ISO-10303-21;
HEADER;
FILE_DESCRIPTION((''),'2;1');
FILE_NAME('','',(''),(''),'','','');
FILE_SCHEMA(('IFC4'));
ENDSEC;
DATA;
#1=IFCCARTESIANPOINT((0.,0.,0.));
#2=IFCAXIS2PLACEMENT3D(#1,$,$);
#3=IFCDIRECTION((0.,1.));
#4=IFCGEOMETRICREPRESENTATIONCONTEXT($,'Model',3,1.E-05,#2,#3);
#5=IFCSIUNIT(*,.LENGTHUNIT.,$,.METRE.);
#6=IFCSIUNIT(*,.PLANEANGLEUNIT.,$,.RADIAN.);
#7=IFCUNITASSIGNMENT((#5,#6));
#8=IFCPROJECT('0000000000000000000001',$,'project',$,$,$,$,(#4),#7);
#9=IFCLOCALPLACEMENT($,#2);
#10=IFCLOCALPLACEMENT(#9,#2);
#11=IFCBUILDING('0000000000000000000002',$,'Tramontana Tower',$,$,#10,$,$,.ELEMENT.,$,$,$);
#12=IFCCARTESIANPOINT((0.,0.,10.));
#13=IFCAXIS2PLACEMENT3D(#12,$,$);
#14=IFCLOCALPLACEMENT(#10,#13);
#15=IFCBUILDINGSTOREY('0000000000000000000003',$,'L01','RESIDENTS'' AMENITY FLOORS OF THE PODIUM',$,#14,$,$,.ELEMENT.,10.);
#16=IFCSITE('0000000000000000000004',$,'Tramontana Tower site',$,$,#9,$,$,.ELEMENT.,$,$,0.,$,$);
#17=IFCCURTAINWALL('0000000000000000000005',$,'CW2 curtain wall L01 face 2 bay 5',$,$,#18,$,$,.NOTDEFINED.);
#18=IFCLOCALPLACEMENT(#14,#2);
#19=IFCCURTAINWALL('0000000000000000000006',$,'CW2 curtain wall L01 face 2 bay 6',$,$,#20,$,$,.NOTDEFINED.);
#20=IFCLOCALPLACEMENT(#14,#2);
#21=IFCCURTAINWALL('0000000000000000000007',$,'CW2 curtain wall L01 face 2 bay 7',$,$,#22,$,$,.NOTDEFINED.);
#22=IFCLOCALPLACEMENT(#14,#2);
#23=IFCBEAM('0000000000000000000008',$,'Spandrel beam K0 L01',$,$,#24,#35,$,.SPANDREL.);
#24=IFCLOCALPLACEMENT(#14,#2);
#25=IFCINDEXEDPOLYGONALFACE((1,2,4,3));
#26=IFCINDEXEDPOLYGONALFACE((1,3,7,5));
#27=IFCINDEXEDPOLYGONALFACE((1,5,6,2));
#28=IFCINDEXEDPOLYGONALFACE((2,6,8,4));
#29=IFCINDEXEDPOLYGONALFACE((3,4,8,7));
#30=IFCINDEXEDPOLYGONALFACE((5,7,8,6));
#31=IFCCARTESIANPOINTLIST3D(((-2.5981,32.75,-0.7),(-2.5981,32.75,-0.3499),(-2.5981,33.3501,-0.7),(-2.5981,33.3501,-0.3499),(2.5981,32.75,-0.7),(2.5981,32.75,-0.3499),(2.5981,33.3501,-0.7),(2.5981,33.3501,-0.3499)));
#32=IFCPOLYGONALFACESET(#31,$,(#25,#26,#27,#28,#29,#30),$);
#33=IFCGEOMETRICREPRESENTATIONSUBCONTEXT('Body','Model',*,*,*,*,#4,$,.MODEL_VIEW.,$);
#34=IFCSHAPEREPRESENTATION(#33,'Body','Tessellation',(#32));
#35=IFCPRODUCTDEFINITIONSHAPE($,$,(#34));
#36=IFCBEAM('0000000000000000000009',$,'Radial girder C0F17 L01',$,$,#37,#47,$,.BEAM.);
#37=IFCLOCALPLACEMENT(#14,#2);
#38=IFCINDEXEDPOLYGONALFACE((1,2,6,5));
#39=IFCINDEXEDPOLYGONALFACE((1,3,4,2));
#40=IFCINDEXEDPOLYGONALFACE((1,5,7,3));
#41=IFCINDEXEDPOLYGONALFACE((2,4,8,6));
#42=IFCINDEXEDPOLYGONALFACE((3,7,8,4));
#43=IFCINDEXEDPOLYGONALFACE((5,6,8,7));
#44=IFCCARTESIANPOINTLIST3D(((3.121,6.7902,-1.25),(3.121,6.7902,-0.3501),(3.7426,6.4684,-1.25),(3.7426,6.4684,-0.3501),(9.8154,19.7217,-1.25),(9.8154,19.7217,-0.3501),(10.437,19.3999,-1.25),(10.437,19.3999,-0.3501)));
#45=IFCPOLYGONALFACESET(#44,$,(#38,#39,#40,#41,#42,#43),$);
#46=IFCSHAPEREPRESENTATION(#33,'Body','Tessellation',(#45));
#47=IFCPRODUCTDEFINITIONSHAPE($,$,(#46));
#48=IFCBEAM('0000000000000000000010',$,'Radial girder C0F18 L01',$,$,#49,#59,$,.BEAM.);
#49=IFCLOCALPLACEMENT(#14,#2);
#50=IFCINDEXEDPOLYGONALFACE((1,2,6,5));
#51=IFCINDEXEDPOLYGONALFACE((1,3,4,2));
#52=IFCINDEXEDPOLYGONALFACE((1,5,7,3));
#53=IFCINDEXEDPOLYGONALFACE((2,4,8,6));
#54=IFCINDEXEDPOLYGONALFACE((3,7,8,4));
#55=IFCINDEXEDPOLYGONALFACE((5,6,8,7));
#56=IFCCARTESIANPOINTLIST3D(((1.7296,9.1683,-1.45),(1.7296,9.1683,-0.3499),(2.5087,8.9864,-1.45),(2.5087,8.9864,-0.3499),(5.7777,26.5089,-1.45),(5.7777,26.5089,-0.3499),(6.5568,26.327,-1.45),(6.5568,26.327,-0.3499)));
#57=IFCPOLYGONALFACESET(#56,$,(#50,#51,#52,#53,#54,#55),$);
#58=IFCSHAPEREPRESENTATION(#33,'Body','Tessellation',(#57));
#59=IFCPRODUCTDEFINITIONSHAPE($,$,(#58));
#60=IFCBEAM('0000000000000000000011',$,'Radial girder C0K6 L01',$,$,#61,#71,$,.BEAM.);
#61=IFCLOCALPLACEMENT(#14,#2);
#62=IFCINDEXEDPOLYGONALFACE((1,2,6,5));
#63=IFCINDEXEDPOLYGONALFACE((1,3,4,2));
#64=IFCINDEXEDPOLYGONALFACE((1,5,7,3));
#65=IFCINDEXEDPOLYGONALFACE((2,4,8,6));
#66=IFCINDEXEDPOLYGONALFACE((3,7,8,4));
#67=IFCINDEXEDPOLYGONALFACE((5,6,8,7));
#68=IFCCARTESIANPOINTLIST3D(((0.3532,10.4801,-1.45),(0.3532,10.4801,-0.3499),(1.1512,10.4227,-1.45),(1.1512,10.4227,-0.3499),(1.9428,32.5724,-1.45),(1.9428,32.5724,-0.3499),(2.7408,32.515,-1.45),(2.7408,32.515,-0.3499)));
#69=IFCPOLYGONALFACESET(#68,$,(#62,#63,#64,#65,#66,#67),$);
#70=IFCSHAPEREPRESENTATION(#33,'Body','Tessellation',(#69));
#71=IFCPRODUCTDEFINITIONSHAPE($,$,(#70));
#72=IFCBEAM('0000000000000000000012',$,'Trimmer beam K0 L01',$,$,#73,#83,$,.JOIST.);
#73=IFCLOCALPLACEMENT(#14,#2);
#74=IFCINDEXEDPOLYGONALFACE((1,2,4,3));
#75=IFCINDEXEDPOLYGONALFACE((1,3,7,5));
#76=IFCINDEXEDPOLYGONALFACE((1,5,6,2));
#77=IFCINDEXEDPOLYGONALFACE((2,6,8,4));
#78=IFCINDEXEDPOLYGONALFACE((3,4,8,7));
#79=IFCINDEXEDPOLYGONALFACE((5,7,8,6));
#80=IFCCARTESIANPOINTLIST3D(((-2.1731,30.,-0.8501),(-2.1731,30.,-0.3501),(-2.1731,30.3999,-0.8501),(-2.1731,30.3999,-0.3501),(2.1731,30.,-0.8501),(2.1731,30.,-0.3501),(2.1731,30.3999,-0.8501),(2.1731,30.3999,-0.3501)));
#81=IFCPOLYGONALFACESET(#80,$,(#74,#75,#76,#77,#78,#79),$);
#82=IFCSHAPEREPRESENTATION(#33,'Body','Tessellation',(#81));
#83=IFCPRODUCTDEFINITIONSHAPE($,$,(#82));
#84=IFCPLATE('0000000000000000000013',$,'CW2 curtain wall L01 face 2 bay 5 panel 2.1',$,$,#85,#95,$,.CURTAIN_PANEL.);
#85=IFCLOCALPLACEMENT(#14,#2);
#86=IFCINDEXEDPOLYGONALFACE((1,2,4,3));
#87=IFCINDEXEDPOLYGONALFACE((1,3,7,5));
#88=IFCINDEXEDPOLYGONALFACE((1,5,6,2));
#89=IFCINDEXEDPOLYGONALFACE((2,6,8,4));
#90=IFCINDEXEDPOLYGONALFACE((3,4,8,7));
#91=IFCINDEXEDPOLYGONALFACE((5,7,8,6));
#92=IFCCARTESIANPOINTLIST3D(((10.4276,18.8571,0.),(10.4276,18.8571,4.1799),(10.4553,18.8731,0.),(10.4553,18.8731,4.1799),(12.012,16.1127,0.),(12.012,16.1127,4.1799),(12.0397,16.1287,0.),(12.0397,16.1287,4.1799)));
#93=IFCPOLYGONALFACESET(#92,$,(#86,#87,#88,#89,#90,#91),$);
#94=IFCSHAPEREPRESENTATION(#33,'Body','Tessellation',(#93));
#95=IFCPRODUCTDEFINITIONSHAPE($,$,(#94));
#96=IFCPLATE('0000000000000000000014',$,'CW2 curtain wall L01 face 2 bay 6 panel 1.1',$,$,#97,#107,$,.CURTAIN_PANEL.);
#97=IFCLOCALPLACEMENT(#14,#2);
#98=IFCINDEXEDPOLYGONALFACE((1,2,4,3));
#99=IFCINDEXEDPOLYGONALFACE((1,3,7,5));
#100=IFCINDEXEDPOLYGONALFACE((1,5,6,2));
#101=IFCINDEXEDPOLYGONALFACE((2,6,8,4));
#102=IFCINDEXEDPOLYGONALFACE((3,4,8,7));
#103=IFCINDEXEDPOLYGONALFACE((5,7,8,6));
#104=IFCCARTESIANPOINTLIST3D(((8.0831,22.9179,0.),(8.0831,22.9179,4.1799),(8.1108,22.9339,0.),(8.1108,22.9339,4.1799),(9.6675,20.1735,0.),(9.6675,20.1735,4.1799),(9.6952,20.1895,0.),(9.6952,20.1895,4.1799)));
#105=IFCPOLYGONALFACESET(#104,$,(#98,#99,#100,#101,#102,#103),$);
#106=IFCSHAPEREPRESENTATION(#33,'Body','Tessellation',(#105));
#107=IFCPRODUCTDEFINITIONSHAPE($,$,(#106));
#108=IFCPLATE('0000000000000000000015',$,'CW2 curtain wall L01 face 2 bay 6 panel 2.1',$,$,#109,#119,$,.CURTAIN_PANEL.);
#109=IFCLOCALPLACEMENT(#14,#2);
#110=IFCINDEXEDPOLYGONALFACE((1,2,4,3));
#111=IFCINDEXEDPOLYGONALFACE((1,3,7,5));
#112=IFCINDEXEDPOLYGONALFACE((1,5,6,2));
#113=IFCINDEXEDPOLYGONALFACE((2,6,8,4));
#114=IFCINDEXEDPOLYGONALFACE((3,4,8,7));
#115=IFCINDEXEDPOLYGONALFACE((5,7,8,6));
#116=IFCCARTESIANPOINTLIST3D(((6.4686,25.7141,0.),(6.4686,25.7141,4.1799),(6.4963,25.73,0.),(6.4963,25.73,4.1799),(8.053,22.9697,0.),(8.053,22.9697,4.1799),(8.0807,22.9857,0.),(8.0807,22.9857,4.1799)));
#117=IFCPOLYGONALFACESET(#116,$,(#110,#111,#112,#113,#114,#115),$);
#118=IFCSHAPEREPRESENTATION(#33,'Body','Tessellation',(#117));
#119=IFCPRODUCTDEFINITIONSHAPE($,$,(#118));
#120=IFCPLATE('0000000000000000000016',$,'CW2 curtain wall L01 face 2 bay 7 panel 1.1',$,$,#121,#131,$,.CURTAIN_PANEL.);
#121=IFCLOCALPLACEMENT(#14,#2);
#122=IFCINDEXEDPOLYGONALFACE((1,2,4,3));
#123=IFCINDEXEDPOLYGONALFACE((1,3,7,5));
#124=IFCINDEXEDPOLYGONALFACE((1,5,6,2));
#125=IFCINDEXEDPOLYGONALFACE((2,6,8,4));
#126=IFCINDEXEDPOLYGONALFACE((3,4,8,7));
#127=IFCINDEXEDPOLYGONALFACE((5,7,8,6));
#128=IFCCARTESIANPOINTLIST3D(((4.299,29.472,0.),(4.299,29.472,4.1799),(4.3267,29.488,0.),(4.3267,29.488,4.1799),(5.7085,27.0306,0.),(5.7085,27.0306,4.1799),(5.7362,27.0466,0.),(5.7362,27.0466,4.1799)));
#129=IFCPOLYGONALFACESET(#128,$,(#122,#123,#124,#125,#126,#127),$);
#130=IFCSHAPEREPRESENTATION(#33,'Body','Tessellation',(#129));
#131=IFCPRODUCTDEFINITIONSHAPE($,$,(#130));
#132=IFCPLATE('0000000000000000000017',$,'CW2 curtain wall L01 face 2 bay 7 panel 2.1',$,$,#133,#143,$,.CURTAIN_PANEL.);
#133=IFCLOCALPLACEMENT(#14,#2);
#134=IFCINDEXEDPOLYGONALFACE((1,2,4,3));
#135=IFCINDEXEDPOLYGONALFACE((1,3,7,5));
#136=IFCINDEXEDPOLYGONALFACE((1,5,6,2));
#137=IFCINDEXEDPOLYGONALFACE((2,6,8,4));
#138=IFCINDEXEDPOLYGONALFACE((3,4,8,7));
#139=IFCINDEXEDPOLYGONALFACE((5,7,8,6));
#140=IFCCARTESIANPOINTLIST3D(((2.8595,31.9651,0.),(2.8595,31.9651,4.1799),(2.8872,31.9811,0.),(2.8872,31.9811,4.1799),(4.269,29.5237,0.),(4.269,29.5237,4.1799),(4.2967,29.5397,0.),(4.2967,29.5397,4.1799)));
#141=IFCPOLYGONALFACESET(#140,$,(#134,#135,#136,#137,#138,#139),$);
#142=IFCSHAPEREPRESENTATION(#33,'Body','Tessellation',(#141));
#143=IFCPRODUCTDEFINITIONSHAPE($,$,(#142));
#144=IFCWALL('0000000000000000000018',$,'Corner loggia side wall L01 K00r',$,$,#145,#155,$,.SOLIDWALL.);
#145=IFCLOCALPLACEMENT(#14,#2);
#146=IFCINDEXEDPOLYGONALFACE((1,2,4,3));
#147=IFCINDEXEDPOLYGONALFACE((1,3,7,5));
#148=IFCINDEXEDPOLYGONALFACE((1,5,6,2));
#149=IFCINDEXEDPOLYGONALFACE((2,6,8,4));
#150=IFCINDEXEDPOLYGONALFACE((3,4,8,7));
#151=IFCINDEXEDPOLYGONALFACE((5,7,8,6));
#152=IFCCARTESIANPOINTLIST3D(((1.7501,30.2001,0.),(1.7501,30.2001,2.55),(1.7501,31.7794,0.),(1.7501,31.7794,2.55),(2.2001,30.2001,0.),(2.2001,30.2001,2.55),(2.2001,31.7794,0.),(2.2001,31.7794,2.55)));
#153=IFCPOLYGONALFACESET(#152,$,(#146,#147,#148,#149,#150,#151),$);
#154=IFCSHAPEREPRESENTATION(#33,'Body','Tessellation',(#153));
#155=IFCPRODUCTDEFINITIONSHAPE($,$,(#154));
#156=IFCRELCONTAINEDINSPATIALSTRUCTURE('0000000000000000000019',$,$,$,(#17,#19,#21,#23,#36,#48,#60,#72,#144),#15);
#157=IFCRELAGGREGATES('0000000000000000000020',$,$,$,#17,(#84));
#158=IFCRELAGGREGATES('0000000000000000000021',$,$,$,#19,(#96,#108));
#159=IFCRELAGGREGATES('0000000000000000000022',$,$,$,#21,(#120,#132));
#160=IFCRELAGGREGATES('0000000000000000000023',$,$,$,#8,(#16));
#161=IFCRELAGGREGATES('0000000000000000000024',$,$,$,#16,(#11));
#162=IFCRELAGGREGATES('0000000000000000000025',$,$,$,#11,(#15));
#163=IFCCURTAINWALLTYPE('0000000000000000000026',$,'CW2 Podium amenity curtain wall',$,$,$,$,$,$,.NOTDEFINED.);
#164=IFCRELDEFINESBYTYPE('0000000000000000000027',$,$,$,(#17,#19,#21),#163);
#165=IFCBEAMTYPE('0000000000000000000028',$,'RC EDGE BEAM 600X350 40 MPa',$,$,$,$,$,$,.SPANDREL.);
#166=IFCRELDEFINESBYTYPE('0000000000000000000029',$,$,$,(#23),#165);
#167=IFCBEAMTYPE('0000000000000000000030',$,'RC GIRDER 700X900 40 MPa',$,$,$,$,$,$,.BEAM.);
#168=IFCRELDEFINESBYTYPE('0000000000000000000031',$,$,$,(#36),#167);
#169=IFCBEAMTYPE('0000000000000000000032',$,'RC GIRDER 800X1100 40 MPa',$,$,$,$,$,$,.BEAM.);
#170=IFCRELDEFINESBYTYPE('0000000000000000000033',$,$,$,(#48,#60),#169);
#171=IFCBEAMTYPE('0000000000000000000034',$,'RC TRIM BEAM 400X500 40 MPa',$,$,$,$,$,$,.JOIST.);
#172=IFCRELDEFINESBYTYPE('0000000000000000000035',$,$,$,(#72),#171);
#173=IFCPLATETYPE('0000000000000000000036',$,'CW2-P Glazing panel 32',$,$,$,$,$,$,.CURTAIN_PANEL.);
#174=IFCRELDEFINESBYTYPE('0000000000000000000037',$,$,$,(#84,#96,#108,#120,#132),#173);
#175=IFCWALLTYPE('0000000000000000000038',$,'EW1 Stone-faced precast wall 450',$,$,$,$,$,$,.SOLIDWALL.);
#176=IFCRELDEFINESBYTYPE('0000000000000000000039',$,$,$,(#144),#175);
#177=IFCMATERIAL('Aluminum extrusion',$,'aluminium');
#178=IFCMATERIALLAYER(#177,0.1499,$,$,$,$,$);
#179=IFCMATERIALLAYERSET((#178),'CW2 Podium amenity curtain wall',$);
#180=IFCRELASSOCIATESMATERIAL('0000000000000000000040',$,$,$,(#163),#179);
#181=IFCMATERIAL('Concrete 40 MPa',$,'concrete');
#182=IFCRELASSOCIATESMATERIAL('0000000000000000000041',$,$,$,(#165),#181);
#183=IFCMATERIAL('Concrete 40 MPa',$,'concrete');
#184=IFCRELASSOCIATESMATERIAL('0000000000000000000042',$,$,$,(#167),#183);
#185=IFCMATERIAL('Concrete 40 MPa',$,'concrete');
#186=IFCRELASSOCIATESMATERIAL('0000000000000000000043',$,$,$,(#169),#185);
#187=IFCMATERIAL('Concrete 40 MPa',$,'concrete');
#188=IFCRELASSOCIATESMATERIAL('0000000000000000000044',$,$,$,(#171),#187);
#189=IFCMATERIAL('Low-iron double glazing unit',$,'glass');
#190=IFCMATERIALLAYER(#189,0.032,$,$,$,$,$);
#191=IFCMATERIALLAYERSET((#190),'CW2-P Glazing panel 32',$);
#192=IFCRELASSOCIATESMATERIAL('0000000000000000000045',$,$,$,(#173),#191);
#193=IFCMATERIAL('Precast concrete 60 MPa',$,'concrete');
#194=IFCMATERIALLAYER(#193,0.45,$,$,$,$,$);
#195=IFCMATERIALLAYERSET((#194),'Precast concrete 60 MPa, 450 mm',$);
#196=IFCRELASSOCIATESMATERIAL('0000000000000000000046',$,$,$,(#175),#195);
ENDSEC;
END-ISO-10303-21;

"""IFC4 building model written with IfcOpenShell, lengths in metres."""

from ifc_helpers import new_model, si_unit, direction, frame, frame_2d, origin, origin_2d, place, context, subcontext, project, spatial, rectangle, extrude, material, layer, layer_set, material_profile, profile_set, type_object, element, aggregate, save


model = new_model("IFC4")

# Units and contexts
model_context = context("Model", 3, precision=1e-05, world=origin(), true_north=direction((0.0, 1.0)))
body_context = subcontext(model_context, "Body", "Model", "MODEL_VIEW")
ifc_project = project(units=[si_unit("LENGTHUNIT", "METRE"), si_unit("PLANEANGLEUNIT", "RADIAN")], contexts=[model_context])

# Site, building, storey
site_placement = place(None, origin())
site = spatial("IfcSite", under=ifc_project, at=site_placement, Name="Tramontana Tower site", CompositionType="ELEMENT", RefElevation=0.0)
building_placement = place(site_placement, origin())
building = spatial("IfcBuilding", under=site, at=building_placement, Name="Tramontana Tower", CompositionType="ELEMENT")
storey_placement = place(building_placement, frame((0.0, 0.0, 10.0)))
storey = spatial("IfcBuildingStorey", under=building, at=storey_placement, Name="L01", Description="RESIDENTS' AMENITY FLOORS OF THE PODIUM", CompositionType="ELEMENT", Elevation=10.0)

# Curtain wall
ifc_material_1 = material(Name="Aluminum extrusion", Category="aluminium")
ifc_layer_1 = layer(ifc_material_1, 0.1499)
ifc_layer_set_1 = layer_set([ifc_layer_1], Name="CW2 Podium amenity curtain wall")
curtain_wall_type = type_object("IfcCurtainWallType", Name="CW2 Podium amenity curtain wall", PredefinedType="NOTDEFINED", material=ifc_layer_set_1)
curtain_wall_1_placement = place(storey_placement, origin())
curtain_wall_1 = element("IfcCurtainWall", 1, at=curtain_wall_1_placement, inside=storey, type_object=curtain_wall_type, Name="CW2 curtain wall L01 face 2 bay 5", PredefinedType="NOTDEFINED")

# Curtain walls
curtain_wall_2_placement = place(storey_placement, origin())
curtain_wall_2 = element("IfcCurtainWall", 2, at=curtain_wall_2_placement, inside=storey, type_object=curtain_wall_type, Name="CW2 curtain wall L01 face 2 bay 6", PredefinedType="NOTDEFINED")
curtain_wall_3_placement = place(storey_placement, origin())
curtain_wall_3 = element("IfcCurtainWall", 3, at=curtain_wall_3_placement, inside=storey, type_object=curtain_wall_type, Name="CW2 curtain wall L01 face 2 bay 7", PredefinedType="NOTDEFINED")

# Beams
ifc_material_2 = material(Name="Concrete 40 MPa", Category="concrete")
ifc_material_profile_1 = material_profile(ifc_material_2, rectangle(XDim=0.6001, YDim=0.3501, at=origin_2d()), Name="RC EDGE BEAM 600X350 40 MPa")
ifc_profile_set_1 = profile_set([ifc_material_profile_1], Name="Concrete 40 MPa")
beam_type_1 = type_object("IfcBeamType", Name="RC EDGE BEAM 600X350 40 MPa", PredefinedType="SPANDREL", material=ifc_profile_set_1)
beam_1_placement = place(storey_placement, frame((2.5981, 33.05, -0.5249), z_axis=(-1.0, 0.0, 0.0), x_axis=(0.0, -1.0, 0.0)))
element("IfcBeam", 4, at=beam_1_placement, inside=storey, type_object=beam_type_1, Name="Spandrel beam K0 L01", PredefinedType="SPANDREL", context=body_context, shape_type="SweptSolid", body=[
    extrude(rectangle(XDim=0.6001, YDim=0.3501, at=origin_2d()), origin(), (0.0, 0.0, 1.0), 5.1963),
])
ifc_material_3 = material(Name="Concrete 40 MPa", Category="concrete")
ifc_material_profile_2 = material_profile(ifc_material_3, rectangle(XDim=0.7, YDim=0.8999, at=origin_2d()), Name="RC GIRDER 700X900 40 MPa")
ifc_profile_set_2 = profile_set([ifc_material_profile_2], Name="Concrete 40 MPa")
beam_type_2 = type_object("IfcBeamType", Name="RC GIRDER 700X900 40 MPa", PredefinedType="BEAM", material=ifc_profile_set_2)
beam_2_placement = place(storey_placement, frame((10.1262, 19.5608, -0.8), z_axis=(-0.459731, -0.888058, 0.0), x_axis=(0.888058, -0.459731, 0.0)))
element("IfcBeam", 5, at=beam_2_placement, inside=storey, type_object=beam_type_2, Name="Radial girder C0F17 L01", PredefinedType="BEAM", context=body_context, shape_type="SweptSolid", body=[
    extrude(rectangle(XDim=0.7, YDim=0.8999, at=origin_2d()), origin(), (0.0, 0.0, 1.0), 14.5615),
])
ifc_material_4 = material(Name="Concrete 40 MPa", Category="concrete")
ifc_material_profile_3 = material_profile(ifc_material_4, rectangle(XDim=0.8, YDim=1.1001, at=origin_2d()), Name="RC GIRDER 800X1100 40 MPa")
ifc_profile_set_3 = profile_set([ifc_material_profile_3], Name="Concrete 40 MPa")
beam_type_3 = type_object("IfcBeamType", Name="RC GIRDER 800X1100 40 MPa", PredefinedType="BEAM", material=ifc_profile_set_3)
beam_3_placement = place(storey_placement, frame((6.1672, 26.418, -0.8999), z_axis=(-0.227334, -0.973817, 0.0), x_axis=(0.973817, -0.227334, 0.0)))
element("IfcBeam", 6, at=beam_3_placement, inside=storey, type_object=beam_type_3, Name="Radial girder C0F18 L01", PredefinedType="BEAM", context=body_context, shape_type="SweptSolid", body=[
    extrude(rectangle(XDim=0.8, YDim=1.1001, at=origin_2d()), origin(), (0.0, 0.0, 1.0), 17.8069),
])
beam_4_placement = place(storey_placement, frame((2.3418, 32.5437, -0.8999), z_axis=(-0.071767, -0.997421, 0.0), x_axis=(0.997421, -0.071767, 0.0)))
element("IfcBeam", 7, at=beam_4_placement, inside=storey, type_object=beam_type_3, Name="Radial girder C0K6 L01", PredefinedType="BEAM", context=body_context, shape_type="SweptSolid", body=[
    extrude(rectangle(XDim=0.8, YDim=1.1001, at=origin_2d()), origin(), (0.0, 0.0, 1.0), 22.1494),
])
ifc_material_5 = material(Name="Concrete 40 MPa", Category="concrete")
ifc_material_profile_4 = material_profile(ifc_material_5, rectangle(XDim=0.3999, YDim=0.5, at=origin_2d()), Name="RC TRIM BEAM 400X500 40 MPa")
ifc_profile_set_4 = profile_set([ifc_material_profile_4], Name="Concrete 40 MPa")
beam_type_4 = type_object("IfcBeamType", Name="RC TRIM BEAM 400X500 40 MPa", PredefinedType="JOIST", material=ifc_profile_set_4)
beam_5_placement = place(storey_placement, frame((2.1731, 30.2, -0.6001), z_axis=(-1.0, 0.0, 0.0), x_axis=(0.0, -1.0, 0.0)))
element("IfcBeam", 8, at=beam_5_placement, inside=storey, type_object=beam_type_4, Name="Trimmer beam K0 L01", PredefinedType="JOIST", context=body_context, shape_type="SweptSolid", body=[
    extrude(rectangle(XDim=0.3999, YDim=0.5, at=origin_2d()), origin(), (0.0, 0.0, 1.0), 4.3462),
])

# Plates
ifc_material_6 = material(Name="Low-iron double glazing unit", Category="glass")
ifc_layer_2 = layer(ifc_material_6, 0.032)
ifc_layer_set_2 = layer_set([ifc_layer_2], Name="CW2-P Glazing panel 32")
plate_type = type_object("IfcPlateType", Name="CW2-P Glazing panel 32", PredefinedType="CURTAIN_PANEL", material=ifc_layer_set_2)
plate_1_placement = place(storey_placement, frame((11.2336, 17.4929, 0.0), z_axis=(0.0, 0.0, 1.0), x_axis=(-0.5, 0.866025, 0.0)))
plate_1 = element("IfcPlate", 9, at=plate_1_placement, type_object=plate_type, Name="CW2 curtain wall L01 face 2 bay 5 panel 2.1", PredefinedType="CURTAIN_PANEL", context=body_context, shape_type="SweptSolid", body=[
    extrude(rectangle(XDim=3.1689, YDim=0.032, at=origin_2d()), origin(), (0.0, 0.0, 1.0), 4.1799),
])
aggregate(curtain_wall_1, [plate_1])
plate_2_placement = place(storey_placement, frame((8.8892, 21.5537, 0.0), z_axis=(0.0, 0.0, 1.0), x_axis=(-0.5, 0.866025, 0.0)))
plate_2 = element("IfcPlate", 10, at=plate_2_placement, type_object=plate_type, Name="CW2 curtain wall L01 face 2 bay 6 panel 1.1", PredefinedType="CURTAIN_PANEL", context=body_context, shape_type="SweptSolid", body=[
    extrude(rectangle(XDim=3.1689, YDim=0.032, at=origin_2d()), origin(), (0.0, 0.0, 1.0), 4.1799),
])
plate_3_placement = place(storey_placement, frame((7.2747, 24.3499, 0.0), z_axis=(0.0, 0.0, 1.0), x_axis=(-0.5, 0.866025, 0.0)))
plate_3 = element("IfcPlate", 11, at=plate_3_placement, type_object=plate_type, Name="CW2 curtain wall L01 face 2 bay 6 panel 2.1", PredefinedType="CURTAIN_PANEL", context=body_context, shape_type="SweptSolid", body=[
    extrude(rectangle(XDim=3.1689, YDim=0.032, at=origin_2d()), origin(), (0.0, 0.0, 1.0), 4.1799),
])
aggregate(curtain_wall_2, [plate_2, plate_3])
plate_4_placement = place(storey_placement, frame((5.0176, 28.2593, 0.0), z_axis=(0.0, 0.0, 1.0), x_axis=(-0.5, 0.866025, 0.0)))
plate_4 = element("IfcPlate", 12, at=plate_4_placement, type_object=plate_type, Name="CW2 curtain wall L01 face 2 bay 7 panel 1.1", PredefinedType="CURTAIN_PANEL", context=body_context, shape_type="SweptSolid", body=[
    extrude(rectangle(XDim=2.8191, YDim=0.032, at=origin_2d()), origin(), (0.0, 0.0, 1.0), 4.1799),
])
plate_5_placement = place(storey_placement, frame((3.5781, 30.7524, 0.0), z_axis=(0.0, 0.0, 1.0), x_axis=(-0.5, 0.866025, 0.0)))
plate_5 = element("IfcPlate", 13, at=plate_5_placement, type_object=plate_type, Name="CW2 curtain wall L01 face 2 bay 7 panel 2.1", PredefinedType="CURTAIN_PANEL", context=body_context, shape_type="SweptSolid", body=[
    extrude(rectangle(XDim=2.8191, YDim=0.032, at=origin_2d()), origin(), (0.0, 0.0, 1.0), 4.1799),
])
aggregate(curtain_wall_3, [plate_4, plate_5])

# Wall
ifc_material_7 = material(Name="Precast concrete 60 MPa", Category="concrete")
ifc_layer_3 = layer(ifc_material_7, 0.45)
ifc_layer_set_3 = layer_set([ifc_layer_3], Name="Precast concrete 60 MPa, 450 mm")
wall_type = type_object("IfcWallType", Name="EW1 Stone-faced precast wall 450", PredefinedType="SOLIDWALL", material=ifc_layer_set_3)
wall_placement = place(storey_placement, frame((1.9751, 31.7793, 0.0), z_axis=(0.0, 0.0, 1.0), x_axis=(0.0, -1.0, 0.0)))
element("IfcWall", 14, at=wall_placement, inside=storey, type_object=wall_type, Name="Corner loggia side wall L01 K00r", PredefinedType="SOLIDWALL", context=body_context, shape_type="SweptSolid", body=[
    extrude(rectangle(XDim=1.5793, YDim=0.45, at=frame_2d((0.7896, 0.0))), origin(), (0.0, 0.0, 1.0), 2.55),
])

save(model, "model.ifc")
